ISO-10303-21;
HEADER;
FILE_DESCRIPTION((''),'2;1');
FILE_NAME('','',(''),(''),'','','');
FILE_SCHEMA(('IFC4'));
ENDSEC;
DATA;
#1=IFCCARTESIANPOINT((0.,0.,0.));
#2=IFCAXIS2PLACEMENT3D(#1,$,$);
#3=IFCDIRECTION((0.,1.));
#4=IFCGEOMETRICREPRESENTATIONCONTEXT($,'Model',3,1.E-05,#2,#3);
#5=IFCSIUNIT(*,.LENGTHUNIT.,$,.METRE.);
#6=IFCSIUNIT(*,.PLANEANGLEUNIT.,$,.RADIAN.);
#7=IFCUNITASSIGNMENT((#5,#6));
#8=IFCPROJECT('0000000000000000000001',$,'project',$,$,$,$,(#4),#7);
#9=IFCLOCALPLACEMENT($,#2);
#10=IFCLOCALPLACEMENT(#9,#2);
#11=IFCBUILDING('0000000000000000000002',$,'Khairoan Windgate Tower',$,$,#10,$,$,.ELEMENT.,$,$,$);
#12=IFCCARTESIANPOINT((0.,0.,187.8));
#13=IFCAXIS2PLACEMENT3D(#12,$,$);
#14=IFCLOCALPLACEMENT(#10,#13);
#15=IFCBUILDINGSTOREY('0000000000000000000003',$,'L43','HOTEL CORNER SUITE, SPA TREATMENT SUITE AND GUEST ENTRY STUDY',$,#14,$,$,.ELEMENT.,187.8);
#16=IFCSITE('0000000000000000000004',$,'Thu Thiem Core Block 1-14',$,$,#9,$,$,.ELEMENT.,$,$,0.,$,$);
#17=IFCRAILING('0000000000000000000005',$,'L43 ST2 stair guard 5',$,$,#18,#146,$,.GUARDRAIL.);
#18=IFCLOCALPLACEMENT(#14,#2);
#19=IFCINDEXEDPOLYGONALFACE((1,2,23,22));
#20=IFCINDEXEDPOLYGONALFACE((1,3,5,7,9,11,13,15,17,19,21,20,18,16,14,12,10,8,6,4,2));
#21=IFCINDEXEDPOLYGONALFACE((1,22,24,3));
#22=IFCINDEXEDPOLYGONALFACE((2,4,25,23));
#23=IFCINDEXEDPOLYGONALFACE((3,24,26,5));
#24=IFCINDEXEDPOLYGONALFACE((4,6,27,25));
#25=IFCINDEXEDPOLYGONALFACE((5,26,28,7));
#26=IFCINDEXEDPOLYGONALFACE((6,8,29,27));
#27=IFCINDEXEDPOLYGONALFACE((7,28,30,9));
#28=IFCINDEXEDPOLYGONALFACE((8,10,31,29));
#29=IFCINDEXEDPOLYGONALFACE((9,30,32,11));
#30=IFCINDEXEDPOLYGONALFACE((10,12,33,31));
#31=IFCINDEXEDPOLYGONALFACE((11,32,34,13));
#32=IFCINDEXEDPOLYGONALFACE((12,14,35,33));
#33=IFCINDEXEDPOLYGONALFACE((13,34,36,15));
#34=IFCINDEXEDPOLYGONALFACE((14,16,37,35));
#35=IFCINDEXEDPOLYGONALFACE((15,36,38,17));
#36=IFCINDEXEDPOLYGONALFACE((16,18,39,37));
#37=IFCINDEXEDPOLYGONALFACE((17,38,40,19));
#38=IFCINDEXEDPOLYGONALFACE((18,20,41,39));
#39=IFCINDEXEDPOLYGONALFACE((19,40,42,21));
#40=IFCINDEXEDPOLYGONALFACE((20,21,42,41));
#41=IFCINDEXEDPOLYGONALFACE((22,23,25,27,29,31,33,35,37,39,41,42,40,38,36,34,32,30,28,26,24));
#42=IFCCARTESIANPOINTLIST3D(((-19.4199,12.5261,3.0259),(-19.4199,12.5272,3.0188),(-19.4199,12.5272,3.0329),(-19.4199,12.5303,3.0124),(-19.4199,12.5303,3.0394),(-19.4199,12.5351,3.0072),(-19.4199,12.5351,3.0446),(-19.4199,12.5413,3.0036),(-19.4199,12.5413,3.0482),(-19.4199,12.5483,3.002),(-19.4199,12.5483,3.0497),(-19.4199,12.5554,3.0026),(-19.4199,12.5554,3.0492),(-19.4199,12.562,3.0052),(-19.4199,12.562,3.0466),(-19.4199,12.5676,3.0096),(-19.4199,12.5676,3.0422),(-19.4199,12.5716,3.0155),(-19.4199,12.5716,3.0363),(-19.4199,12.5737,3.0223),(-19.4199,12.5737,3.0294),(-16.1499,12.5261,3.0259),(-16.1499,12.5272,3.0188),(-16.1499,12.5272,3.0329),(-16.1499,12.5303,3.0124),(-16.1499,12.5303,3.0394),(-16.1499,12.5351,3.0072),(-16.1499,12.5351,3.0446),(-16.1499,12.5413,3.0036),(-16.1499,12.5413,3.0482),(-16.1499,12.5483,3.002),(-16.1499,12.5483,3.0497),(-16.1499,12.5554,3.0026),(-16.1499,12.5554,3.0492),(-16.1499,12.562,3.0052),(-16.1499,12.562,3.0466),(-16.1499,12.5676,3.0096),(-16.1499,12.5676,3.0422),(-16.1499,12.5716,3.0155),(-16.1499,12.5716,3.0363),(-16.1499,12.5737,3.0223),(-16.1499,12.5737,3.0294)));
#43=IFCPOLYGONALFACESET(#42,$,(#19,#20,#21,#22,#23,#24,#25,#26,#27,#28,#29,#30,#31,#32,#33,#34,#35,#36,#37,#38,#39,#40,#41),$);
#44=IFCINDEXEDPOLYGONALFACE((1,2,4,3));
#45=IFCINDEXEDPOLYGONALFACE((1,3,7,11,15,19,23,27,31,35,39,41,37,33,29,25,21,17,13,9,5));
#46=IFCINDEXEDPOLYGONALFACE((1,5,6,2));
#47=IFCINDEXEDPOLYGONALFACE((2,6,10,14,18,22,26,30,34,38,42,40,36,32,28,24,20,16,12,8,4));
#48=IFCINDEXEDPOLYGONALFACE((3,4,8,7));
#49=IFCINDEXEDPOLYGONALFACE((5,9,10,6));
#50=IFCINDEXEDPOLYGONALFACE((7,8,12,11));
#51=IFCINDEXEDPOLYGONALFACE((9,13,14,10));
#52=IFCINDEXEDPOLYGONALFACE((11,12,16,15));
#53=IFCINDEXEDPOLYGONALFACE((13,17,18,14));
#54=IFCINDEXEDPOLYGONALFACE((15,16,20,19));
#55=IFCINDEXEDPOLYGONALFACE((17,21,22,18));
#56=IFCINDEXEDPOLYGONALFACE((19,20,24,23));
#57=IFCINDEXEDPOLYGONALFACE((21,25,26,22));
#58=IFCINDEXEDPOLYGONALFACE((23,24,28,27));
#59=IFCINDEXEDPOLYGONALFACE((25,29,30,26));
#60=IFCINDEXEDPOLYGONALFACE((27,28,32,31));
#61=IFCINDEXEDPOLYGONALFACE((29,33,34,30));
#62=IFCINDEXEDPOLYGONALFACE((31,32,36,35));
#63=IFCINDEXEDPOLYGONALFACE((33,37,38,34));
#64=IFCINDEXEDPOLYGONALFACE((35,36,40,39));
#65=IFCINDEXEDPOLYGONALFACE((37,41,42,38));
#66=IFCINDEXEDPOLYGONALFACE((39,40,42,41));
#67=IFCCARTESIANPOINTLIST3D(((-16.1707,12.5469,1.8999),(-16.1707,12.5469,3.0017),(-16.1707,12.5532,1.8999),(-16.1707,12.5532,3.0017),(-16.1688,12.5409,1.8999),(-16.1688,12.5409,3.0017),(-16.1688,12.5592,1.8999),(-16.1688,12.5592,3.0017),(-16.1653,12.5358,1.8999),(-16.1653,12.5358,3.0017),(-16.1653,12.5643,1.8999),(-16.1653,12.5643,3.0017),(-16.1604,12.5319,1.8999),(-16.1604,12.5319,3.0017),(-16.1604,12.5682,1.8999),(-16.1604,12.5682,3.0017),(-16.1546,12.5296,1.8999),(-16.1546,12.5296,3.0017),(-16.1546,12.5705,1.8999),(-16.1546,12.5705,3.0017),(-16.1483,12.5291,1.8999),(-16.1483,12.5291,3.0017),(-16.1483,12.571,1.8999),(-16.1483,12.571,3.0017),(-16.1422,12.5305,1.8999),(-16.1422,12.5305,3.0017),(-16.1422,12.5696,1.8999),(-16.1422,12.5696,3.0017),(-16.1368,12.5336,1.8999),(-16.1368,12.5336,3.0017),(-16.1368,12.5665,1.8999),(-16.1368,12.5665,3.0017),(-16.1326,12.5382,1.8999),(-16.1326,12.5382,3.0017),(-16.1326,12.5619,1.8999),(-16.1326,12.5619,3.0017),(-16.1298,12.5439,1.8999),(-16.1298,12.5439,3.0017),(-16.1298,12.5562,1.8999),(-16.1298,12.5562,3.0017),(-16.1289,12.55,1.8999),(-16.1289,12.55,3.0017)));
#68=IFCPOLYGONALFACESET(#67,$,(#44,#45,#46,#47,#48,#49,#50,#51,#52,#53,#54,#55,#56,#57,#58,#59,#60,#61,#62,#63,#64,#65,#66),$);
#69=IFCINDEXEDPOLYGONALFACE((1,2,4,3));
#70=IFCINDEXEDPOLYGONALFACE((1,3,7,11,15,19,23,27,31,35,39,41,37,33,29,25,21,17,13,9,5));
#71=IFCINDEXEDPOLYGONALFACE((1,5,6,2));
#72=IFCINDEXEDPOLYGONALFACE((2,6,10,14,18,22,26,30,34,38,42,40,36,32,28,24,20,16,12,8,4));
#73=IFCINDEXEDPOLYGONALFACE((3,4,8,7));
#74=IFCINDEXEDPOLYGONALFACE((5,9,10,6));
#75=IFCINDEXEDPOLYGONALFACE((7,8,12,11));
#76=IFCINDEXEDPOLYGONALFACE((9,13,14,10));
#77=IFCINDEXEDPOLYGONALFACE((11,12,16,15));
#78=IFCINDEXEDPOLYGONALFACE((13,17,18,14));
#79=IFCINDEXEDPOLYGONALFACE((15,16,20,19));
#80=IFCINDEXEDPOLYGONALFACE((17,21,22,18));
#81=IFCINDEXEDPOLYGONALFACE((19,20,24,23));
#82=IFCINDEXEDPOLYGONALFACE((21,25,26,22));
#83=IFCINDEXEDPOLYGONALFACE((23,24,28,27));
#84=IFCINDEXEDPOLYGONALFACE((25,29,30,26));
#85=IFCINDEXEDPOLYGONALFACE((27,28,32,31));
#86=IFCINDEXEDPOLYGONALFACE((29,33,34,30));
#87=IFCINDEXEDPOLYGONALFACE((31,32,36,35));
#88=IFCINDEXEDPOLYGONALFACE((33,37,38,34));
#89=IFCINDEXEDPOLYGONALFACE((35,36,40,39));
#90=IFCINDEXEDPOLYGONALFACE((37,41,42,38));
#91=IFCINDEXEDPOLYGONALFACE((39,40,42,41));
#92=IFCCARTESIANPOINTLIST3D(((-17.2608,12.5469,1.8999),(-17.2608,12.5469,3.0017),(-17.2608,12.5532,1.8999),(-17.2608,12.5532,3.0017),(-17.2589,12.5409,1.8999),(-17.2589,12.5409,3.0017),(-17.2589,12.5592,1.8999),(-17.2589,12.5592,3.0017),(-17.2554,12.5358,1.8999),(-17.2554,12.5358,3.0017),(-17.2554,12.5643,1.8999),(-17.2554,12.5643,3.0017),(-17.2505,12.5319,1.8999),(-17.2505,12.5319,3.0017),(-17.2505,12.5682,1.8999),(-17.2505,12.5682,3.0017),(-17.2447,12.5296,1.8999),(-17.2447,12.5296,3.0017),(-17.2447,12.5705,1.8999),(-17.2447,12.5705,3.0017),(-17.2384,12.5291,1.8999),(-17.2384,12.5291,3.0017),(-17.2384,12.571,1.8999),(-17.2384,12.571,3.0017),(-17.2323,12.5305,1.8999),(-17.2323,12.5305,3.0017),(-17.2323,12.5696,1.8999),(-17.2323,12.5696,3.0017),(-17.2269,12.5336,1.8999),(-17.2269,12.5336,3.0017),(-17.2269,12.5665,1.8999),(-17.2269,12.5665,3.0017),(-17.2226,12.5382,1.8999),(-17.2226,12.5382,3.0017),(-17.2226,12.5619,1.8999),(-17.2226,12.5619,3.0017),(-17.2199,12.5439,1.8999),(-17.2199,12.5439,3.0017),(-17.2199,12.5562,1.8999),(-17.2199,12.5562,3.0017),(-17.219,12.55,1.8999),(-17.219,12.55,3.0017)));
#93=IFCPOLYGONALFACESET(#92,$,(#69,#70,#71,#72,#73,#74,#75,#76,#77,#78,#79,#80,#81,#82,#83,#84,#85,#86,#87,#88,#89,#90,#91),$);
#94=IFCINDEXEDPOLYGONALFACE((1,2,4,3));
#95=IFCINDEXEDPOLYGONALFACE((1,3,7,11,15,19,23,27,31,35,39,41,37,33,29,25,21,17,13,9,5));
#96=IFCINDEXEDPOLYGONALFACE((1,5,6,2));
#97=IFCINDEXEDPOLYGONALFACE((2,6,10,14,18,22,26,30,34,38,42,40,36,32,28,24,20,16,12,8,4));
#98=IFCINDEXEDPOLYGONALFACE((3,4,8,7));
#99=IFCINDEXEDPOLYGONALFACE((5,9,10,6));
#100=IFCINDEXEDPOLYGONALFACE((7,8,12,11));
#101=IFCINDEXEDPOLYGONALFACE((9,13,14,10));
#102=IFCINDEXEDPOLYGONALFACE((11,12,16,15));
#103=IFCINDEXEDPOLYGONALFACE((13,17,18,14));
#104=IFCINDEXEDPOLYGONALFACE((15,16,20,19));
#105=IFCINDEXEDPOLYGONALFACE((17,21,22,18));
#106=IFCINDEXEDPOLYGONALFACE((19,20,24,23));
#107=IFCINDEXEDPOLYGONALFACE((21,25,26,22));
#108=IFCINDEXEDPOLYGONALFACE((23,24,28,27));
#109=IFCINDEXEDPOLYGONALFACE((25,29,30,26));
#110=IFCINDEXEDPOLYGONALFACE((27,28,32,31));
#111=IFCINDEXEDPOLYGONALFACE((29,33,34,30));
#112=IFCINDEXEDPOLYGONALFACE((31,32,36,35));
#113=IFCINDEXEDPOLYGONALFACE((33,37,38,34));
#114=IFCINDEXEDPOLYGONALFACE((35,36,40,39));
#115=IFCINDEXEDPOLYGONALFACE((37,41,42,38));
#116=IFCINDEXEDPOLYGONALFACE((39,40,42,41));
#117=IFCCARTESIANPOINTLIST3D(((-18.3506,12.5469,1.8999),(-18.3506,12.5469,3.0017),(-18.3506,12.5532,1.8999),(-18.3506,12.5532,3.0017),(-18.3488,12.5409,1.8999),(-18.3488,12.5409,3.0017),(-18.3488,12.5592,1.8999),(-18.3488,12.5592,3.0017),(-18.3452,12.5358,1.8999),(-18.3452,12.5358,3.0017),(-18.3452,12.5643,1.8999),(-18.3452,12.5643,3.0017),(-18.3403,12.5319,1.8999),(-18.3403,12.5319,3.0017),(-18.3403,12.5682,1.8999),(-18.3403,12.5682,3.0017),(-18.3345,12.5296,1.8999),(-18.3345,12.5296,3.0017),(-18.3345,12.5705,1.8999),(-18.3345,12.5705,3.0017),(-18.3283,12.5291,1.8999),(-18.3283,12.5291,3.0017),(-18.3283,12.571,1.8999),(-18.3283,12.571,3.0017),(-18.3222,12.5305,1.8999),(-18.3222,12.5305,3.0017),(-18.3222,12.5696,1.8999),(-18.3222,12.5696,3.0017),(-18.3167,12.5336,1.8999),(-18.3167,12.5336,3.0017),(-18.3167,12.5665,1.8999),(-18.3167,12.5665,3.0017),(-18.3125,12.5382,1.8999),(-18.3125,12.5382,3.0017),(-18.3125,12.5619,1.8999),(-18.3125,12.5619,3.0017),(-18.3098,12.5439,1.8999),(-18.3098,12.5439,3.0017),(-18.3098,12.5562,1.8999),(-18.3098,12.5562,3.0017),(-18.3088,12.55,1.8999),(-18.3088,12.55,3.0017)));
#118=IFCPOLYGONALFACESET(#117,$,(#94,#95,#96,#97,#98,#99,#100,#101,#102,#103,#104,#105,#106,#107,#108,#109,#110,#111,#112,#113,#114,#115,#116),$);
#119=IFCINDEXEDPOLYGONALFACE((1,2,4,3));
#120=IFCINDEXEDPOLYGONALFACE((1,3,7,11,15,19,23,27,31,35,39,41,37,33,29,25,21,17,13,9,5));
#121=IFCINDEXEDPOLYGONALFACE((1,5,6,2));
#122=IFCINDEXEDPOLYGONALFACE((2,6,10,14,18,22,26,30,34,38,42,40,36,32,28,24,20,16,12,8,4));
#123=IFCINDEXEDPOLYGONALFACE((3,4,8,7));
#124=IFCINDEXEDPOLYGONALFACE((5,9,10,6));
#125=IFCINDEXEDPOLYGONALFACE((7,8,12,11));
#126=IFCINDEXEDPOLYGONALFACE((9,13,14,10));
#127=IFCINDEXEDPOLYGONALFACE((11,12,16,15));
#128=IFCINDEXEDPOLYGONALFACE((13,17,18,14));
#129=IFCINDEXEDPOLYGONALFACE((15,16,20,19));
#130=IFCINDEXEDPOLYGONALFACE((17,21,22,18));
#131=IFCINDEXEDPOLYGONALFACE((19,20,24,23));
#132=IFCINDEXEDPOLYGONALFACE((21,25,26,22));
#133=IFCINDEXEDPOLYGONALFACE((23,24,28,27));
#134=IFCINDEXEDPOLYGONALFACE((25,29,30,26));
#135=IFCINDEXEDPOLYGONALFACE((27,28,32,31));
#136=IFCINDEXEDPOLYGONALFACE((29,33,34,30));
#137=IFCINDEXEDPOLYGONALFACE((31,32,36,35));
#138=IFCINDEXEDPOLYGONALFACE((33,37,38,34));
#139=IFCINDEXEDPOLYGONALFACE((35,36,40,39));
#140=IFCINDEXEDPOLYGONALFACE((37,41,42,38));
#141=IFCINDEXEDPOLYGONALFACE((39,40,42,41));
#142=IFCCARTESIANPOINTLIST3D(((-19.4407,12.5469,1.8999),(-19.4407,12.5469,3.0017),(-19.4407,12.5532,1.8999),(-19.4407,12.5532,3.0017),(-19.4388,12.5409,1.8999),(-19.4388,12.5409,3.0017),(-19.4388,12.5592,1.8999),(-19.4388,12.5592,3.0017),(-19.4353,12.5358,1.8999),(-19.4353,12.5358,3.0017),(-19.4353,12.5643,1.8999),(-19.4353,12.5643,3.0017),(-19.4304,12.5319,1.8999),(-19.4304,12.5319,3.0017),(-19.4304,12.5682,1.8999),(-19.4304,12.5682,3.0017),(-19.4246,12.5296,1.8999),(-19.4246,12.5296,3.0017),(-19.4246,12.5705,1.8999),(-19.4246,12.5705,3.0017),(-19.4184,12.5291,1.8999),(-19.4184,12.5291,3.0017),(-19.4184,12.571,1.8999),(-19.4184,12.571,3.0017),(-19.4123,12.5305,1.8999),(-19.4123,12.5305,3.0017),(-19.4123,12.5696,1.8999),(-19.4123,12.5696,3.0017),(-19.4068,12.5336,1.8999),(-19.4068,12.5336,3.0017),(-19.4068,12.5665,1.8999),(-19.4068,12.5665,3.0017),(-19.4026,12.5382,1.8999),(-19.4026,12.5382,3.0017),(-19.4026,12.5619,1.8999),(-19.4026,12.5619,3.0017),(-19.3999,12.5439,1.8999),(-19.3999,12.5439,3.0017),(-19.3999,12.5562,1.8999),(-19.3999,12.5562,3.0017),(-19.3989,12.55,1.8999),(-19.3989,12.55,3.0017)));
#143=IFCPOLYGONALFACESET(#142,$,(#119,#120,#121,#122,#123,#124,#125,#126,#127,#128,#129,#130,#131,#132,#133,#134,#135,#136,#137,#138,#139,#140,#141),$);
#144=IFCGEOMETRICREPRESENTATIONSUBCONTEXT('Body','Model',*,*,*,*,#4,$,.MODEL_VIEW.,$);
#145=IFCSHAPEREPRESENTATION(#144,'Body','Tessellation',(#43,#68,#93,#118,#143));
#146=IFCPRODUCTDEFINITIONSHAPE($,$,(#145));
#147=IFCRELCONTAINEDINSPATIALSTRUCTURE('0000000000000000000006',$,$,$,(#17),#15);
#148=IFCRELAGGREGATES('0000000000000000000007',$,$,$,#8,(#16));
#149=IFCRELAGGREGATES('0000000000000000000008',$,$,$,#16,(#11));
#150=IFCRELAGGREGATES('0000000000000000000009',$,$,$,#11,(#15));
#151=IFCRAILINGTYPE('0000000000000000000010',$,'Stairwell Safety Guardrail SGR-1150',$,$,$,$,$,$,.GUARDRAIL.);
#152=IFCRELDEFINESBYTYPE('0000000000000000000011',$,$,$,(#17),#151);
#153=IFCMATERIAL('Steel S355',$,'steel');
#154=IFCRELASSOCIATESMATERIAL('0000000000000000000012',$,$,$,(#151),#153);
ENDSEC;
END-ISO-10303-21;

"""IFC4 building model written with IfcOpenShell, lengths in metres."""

from ifc_helpers import new_model, si_unit, direction, frame, origin, origin_2d, place, context, subcontext, project, spatial, circle, extrude, material, type_object, element, save


model = new_model("IFC4")

# Units and contexts
model_context = context("Model", 3, precision=1e-05, world=origin(), true_north=direction((0.0, 1.0)))
body_context = subcontext(model_context, "Body", "Model", "MODEL_VIEW")
ifc_project = project(units=[si_unit("LENGTHUNIT", "METRE"), si_unit("PLANEANGLEUNIT", "RADIAN")], contexts=[model_context])

# Site, building, storey
site_placement = place(None, origin())
site = spatial("IfcSite", under=ifc_project, at=site_placement, Name="Thu Thiem Core Block 1-14", CompositionType="ELEMENT", RefElevation=0.0)
building_placement = place(site_placement, origin())
building = spatial("IfcBuilding", under=site, at=building_placement, Name="Khairoan Windgate Tower", CompositionType="ELEMENT")
storey_placement = place(building_placement, frame((0.0, 0.0, 187.8)))
storey = spatial("IfcBuildingStorey", under=building, at=storey_placement, Name="L43", Description="HOTEL CORNER SUITE, SPA TREATMENT SUITE AND GUEST ENTRY STUDY", CompositionType="ELEMENT", Elevation=187.8)

# Railing
ifc_material_1 = material(Name="Steel S355", Category="steel")
railing_type = type_object("IfcRailingType", Name="Stairwell Safety Guardrail SGR-1150", PredefinedType="GUARDRAIL", material=ifc_material_1)
railing_1_placement = place(storey_placement, frame((-16.1499, 12.55, 1.8999)))
element("IfcRailing", 1, at=railing_1_placement, inside=storey, type_object=railing_type, Name="L43 ST2 stair guard 5", PredefinedType="GUARDRAIL", context=body_context, shape_type="SweptSolid", body=[
    extrude(circle(Radius=0.0239, at=origin_2d()), frame((0.0, 0.0, 1.126), z_axis=(-1.0, 0.0, 0.0), x_axis=(0.0, -1.0, 0.0)), (0.0, 0.0, 1.0), 3.27),
    extrude(circle(Radius=0.021, at=origin_2d()), origin(), (0.0, 0.0, 1.0), 1.1018),
    extrude(circle(Radius=0.021, at=origin_2d()), frame((-1.0901, 0.0, 0.0)), (0.0, 0.0, 1.0), 1.1018),
    extrude(circle(Radius=0.021, at=origin_2d()), frame((-2.1799, 0.0, 0.0)), (0.0, 0.0, 1.0), 1.1018),
    extrude(circle(Radius=0.021, at=origin_2d()), frame((-3.27, 0.0, 0.0)), (0.0, 0.0, 1.0), 1.1018),
])

save(model, "model.ifc")
